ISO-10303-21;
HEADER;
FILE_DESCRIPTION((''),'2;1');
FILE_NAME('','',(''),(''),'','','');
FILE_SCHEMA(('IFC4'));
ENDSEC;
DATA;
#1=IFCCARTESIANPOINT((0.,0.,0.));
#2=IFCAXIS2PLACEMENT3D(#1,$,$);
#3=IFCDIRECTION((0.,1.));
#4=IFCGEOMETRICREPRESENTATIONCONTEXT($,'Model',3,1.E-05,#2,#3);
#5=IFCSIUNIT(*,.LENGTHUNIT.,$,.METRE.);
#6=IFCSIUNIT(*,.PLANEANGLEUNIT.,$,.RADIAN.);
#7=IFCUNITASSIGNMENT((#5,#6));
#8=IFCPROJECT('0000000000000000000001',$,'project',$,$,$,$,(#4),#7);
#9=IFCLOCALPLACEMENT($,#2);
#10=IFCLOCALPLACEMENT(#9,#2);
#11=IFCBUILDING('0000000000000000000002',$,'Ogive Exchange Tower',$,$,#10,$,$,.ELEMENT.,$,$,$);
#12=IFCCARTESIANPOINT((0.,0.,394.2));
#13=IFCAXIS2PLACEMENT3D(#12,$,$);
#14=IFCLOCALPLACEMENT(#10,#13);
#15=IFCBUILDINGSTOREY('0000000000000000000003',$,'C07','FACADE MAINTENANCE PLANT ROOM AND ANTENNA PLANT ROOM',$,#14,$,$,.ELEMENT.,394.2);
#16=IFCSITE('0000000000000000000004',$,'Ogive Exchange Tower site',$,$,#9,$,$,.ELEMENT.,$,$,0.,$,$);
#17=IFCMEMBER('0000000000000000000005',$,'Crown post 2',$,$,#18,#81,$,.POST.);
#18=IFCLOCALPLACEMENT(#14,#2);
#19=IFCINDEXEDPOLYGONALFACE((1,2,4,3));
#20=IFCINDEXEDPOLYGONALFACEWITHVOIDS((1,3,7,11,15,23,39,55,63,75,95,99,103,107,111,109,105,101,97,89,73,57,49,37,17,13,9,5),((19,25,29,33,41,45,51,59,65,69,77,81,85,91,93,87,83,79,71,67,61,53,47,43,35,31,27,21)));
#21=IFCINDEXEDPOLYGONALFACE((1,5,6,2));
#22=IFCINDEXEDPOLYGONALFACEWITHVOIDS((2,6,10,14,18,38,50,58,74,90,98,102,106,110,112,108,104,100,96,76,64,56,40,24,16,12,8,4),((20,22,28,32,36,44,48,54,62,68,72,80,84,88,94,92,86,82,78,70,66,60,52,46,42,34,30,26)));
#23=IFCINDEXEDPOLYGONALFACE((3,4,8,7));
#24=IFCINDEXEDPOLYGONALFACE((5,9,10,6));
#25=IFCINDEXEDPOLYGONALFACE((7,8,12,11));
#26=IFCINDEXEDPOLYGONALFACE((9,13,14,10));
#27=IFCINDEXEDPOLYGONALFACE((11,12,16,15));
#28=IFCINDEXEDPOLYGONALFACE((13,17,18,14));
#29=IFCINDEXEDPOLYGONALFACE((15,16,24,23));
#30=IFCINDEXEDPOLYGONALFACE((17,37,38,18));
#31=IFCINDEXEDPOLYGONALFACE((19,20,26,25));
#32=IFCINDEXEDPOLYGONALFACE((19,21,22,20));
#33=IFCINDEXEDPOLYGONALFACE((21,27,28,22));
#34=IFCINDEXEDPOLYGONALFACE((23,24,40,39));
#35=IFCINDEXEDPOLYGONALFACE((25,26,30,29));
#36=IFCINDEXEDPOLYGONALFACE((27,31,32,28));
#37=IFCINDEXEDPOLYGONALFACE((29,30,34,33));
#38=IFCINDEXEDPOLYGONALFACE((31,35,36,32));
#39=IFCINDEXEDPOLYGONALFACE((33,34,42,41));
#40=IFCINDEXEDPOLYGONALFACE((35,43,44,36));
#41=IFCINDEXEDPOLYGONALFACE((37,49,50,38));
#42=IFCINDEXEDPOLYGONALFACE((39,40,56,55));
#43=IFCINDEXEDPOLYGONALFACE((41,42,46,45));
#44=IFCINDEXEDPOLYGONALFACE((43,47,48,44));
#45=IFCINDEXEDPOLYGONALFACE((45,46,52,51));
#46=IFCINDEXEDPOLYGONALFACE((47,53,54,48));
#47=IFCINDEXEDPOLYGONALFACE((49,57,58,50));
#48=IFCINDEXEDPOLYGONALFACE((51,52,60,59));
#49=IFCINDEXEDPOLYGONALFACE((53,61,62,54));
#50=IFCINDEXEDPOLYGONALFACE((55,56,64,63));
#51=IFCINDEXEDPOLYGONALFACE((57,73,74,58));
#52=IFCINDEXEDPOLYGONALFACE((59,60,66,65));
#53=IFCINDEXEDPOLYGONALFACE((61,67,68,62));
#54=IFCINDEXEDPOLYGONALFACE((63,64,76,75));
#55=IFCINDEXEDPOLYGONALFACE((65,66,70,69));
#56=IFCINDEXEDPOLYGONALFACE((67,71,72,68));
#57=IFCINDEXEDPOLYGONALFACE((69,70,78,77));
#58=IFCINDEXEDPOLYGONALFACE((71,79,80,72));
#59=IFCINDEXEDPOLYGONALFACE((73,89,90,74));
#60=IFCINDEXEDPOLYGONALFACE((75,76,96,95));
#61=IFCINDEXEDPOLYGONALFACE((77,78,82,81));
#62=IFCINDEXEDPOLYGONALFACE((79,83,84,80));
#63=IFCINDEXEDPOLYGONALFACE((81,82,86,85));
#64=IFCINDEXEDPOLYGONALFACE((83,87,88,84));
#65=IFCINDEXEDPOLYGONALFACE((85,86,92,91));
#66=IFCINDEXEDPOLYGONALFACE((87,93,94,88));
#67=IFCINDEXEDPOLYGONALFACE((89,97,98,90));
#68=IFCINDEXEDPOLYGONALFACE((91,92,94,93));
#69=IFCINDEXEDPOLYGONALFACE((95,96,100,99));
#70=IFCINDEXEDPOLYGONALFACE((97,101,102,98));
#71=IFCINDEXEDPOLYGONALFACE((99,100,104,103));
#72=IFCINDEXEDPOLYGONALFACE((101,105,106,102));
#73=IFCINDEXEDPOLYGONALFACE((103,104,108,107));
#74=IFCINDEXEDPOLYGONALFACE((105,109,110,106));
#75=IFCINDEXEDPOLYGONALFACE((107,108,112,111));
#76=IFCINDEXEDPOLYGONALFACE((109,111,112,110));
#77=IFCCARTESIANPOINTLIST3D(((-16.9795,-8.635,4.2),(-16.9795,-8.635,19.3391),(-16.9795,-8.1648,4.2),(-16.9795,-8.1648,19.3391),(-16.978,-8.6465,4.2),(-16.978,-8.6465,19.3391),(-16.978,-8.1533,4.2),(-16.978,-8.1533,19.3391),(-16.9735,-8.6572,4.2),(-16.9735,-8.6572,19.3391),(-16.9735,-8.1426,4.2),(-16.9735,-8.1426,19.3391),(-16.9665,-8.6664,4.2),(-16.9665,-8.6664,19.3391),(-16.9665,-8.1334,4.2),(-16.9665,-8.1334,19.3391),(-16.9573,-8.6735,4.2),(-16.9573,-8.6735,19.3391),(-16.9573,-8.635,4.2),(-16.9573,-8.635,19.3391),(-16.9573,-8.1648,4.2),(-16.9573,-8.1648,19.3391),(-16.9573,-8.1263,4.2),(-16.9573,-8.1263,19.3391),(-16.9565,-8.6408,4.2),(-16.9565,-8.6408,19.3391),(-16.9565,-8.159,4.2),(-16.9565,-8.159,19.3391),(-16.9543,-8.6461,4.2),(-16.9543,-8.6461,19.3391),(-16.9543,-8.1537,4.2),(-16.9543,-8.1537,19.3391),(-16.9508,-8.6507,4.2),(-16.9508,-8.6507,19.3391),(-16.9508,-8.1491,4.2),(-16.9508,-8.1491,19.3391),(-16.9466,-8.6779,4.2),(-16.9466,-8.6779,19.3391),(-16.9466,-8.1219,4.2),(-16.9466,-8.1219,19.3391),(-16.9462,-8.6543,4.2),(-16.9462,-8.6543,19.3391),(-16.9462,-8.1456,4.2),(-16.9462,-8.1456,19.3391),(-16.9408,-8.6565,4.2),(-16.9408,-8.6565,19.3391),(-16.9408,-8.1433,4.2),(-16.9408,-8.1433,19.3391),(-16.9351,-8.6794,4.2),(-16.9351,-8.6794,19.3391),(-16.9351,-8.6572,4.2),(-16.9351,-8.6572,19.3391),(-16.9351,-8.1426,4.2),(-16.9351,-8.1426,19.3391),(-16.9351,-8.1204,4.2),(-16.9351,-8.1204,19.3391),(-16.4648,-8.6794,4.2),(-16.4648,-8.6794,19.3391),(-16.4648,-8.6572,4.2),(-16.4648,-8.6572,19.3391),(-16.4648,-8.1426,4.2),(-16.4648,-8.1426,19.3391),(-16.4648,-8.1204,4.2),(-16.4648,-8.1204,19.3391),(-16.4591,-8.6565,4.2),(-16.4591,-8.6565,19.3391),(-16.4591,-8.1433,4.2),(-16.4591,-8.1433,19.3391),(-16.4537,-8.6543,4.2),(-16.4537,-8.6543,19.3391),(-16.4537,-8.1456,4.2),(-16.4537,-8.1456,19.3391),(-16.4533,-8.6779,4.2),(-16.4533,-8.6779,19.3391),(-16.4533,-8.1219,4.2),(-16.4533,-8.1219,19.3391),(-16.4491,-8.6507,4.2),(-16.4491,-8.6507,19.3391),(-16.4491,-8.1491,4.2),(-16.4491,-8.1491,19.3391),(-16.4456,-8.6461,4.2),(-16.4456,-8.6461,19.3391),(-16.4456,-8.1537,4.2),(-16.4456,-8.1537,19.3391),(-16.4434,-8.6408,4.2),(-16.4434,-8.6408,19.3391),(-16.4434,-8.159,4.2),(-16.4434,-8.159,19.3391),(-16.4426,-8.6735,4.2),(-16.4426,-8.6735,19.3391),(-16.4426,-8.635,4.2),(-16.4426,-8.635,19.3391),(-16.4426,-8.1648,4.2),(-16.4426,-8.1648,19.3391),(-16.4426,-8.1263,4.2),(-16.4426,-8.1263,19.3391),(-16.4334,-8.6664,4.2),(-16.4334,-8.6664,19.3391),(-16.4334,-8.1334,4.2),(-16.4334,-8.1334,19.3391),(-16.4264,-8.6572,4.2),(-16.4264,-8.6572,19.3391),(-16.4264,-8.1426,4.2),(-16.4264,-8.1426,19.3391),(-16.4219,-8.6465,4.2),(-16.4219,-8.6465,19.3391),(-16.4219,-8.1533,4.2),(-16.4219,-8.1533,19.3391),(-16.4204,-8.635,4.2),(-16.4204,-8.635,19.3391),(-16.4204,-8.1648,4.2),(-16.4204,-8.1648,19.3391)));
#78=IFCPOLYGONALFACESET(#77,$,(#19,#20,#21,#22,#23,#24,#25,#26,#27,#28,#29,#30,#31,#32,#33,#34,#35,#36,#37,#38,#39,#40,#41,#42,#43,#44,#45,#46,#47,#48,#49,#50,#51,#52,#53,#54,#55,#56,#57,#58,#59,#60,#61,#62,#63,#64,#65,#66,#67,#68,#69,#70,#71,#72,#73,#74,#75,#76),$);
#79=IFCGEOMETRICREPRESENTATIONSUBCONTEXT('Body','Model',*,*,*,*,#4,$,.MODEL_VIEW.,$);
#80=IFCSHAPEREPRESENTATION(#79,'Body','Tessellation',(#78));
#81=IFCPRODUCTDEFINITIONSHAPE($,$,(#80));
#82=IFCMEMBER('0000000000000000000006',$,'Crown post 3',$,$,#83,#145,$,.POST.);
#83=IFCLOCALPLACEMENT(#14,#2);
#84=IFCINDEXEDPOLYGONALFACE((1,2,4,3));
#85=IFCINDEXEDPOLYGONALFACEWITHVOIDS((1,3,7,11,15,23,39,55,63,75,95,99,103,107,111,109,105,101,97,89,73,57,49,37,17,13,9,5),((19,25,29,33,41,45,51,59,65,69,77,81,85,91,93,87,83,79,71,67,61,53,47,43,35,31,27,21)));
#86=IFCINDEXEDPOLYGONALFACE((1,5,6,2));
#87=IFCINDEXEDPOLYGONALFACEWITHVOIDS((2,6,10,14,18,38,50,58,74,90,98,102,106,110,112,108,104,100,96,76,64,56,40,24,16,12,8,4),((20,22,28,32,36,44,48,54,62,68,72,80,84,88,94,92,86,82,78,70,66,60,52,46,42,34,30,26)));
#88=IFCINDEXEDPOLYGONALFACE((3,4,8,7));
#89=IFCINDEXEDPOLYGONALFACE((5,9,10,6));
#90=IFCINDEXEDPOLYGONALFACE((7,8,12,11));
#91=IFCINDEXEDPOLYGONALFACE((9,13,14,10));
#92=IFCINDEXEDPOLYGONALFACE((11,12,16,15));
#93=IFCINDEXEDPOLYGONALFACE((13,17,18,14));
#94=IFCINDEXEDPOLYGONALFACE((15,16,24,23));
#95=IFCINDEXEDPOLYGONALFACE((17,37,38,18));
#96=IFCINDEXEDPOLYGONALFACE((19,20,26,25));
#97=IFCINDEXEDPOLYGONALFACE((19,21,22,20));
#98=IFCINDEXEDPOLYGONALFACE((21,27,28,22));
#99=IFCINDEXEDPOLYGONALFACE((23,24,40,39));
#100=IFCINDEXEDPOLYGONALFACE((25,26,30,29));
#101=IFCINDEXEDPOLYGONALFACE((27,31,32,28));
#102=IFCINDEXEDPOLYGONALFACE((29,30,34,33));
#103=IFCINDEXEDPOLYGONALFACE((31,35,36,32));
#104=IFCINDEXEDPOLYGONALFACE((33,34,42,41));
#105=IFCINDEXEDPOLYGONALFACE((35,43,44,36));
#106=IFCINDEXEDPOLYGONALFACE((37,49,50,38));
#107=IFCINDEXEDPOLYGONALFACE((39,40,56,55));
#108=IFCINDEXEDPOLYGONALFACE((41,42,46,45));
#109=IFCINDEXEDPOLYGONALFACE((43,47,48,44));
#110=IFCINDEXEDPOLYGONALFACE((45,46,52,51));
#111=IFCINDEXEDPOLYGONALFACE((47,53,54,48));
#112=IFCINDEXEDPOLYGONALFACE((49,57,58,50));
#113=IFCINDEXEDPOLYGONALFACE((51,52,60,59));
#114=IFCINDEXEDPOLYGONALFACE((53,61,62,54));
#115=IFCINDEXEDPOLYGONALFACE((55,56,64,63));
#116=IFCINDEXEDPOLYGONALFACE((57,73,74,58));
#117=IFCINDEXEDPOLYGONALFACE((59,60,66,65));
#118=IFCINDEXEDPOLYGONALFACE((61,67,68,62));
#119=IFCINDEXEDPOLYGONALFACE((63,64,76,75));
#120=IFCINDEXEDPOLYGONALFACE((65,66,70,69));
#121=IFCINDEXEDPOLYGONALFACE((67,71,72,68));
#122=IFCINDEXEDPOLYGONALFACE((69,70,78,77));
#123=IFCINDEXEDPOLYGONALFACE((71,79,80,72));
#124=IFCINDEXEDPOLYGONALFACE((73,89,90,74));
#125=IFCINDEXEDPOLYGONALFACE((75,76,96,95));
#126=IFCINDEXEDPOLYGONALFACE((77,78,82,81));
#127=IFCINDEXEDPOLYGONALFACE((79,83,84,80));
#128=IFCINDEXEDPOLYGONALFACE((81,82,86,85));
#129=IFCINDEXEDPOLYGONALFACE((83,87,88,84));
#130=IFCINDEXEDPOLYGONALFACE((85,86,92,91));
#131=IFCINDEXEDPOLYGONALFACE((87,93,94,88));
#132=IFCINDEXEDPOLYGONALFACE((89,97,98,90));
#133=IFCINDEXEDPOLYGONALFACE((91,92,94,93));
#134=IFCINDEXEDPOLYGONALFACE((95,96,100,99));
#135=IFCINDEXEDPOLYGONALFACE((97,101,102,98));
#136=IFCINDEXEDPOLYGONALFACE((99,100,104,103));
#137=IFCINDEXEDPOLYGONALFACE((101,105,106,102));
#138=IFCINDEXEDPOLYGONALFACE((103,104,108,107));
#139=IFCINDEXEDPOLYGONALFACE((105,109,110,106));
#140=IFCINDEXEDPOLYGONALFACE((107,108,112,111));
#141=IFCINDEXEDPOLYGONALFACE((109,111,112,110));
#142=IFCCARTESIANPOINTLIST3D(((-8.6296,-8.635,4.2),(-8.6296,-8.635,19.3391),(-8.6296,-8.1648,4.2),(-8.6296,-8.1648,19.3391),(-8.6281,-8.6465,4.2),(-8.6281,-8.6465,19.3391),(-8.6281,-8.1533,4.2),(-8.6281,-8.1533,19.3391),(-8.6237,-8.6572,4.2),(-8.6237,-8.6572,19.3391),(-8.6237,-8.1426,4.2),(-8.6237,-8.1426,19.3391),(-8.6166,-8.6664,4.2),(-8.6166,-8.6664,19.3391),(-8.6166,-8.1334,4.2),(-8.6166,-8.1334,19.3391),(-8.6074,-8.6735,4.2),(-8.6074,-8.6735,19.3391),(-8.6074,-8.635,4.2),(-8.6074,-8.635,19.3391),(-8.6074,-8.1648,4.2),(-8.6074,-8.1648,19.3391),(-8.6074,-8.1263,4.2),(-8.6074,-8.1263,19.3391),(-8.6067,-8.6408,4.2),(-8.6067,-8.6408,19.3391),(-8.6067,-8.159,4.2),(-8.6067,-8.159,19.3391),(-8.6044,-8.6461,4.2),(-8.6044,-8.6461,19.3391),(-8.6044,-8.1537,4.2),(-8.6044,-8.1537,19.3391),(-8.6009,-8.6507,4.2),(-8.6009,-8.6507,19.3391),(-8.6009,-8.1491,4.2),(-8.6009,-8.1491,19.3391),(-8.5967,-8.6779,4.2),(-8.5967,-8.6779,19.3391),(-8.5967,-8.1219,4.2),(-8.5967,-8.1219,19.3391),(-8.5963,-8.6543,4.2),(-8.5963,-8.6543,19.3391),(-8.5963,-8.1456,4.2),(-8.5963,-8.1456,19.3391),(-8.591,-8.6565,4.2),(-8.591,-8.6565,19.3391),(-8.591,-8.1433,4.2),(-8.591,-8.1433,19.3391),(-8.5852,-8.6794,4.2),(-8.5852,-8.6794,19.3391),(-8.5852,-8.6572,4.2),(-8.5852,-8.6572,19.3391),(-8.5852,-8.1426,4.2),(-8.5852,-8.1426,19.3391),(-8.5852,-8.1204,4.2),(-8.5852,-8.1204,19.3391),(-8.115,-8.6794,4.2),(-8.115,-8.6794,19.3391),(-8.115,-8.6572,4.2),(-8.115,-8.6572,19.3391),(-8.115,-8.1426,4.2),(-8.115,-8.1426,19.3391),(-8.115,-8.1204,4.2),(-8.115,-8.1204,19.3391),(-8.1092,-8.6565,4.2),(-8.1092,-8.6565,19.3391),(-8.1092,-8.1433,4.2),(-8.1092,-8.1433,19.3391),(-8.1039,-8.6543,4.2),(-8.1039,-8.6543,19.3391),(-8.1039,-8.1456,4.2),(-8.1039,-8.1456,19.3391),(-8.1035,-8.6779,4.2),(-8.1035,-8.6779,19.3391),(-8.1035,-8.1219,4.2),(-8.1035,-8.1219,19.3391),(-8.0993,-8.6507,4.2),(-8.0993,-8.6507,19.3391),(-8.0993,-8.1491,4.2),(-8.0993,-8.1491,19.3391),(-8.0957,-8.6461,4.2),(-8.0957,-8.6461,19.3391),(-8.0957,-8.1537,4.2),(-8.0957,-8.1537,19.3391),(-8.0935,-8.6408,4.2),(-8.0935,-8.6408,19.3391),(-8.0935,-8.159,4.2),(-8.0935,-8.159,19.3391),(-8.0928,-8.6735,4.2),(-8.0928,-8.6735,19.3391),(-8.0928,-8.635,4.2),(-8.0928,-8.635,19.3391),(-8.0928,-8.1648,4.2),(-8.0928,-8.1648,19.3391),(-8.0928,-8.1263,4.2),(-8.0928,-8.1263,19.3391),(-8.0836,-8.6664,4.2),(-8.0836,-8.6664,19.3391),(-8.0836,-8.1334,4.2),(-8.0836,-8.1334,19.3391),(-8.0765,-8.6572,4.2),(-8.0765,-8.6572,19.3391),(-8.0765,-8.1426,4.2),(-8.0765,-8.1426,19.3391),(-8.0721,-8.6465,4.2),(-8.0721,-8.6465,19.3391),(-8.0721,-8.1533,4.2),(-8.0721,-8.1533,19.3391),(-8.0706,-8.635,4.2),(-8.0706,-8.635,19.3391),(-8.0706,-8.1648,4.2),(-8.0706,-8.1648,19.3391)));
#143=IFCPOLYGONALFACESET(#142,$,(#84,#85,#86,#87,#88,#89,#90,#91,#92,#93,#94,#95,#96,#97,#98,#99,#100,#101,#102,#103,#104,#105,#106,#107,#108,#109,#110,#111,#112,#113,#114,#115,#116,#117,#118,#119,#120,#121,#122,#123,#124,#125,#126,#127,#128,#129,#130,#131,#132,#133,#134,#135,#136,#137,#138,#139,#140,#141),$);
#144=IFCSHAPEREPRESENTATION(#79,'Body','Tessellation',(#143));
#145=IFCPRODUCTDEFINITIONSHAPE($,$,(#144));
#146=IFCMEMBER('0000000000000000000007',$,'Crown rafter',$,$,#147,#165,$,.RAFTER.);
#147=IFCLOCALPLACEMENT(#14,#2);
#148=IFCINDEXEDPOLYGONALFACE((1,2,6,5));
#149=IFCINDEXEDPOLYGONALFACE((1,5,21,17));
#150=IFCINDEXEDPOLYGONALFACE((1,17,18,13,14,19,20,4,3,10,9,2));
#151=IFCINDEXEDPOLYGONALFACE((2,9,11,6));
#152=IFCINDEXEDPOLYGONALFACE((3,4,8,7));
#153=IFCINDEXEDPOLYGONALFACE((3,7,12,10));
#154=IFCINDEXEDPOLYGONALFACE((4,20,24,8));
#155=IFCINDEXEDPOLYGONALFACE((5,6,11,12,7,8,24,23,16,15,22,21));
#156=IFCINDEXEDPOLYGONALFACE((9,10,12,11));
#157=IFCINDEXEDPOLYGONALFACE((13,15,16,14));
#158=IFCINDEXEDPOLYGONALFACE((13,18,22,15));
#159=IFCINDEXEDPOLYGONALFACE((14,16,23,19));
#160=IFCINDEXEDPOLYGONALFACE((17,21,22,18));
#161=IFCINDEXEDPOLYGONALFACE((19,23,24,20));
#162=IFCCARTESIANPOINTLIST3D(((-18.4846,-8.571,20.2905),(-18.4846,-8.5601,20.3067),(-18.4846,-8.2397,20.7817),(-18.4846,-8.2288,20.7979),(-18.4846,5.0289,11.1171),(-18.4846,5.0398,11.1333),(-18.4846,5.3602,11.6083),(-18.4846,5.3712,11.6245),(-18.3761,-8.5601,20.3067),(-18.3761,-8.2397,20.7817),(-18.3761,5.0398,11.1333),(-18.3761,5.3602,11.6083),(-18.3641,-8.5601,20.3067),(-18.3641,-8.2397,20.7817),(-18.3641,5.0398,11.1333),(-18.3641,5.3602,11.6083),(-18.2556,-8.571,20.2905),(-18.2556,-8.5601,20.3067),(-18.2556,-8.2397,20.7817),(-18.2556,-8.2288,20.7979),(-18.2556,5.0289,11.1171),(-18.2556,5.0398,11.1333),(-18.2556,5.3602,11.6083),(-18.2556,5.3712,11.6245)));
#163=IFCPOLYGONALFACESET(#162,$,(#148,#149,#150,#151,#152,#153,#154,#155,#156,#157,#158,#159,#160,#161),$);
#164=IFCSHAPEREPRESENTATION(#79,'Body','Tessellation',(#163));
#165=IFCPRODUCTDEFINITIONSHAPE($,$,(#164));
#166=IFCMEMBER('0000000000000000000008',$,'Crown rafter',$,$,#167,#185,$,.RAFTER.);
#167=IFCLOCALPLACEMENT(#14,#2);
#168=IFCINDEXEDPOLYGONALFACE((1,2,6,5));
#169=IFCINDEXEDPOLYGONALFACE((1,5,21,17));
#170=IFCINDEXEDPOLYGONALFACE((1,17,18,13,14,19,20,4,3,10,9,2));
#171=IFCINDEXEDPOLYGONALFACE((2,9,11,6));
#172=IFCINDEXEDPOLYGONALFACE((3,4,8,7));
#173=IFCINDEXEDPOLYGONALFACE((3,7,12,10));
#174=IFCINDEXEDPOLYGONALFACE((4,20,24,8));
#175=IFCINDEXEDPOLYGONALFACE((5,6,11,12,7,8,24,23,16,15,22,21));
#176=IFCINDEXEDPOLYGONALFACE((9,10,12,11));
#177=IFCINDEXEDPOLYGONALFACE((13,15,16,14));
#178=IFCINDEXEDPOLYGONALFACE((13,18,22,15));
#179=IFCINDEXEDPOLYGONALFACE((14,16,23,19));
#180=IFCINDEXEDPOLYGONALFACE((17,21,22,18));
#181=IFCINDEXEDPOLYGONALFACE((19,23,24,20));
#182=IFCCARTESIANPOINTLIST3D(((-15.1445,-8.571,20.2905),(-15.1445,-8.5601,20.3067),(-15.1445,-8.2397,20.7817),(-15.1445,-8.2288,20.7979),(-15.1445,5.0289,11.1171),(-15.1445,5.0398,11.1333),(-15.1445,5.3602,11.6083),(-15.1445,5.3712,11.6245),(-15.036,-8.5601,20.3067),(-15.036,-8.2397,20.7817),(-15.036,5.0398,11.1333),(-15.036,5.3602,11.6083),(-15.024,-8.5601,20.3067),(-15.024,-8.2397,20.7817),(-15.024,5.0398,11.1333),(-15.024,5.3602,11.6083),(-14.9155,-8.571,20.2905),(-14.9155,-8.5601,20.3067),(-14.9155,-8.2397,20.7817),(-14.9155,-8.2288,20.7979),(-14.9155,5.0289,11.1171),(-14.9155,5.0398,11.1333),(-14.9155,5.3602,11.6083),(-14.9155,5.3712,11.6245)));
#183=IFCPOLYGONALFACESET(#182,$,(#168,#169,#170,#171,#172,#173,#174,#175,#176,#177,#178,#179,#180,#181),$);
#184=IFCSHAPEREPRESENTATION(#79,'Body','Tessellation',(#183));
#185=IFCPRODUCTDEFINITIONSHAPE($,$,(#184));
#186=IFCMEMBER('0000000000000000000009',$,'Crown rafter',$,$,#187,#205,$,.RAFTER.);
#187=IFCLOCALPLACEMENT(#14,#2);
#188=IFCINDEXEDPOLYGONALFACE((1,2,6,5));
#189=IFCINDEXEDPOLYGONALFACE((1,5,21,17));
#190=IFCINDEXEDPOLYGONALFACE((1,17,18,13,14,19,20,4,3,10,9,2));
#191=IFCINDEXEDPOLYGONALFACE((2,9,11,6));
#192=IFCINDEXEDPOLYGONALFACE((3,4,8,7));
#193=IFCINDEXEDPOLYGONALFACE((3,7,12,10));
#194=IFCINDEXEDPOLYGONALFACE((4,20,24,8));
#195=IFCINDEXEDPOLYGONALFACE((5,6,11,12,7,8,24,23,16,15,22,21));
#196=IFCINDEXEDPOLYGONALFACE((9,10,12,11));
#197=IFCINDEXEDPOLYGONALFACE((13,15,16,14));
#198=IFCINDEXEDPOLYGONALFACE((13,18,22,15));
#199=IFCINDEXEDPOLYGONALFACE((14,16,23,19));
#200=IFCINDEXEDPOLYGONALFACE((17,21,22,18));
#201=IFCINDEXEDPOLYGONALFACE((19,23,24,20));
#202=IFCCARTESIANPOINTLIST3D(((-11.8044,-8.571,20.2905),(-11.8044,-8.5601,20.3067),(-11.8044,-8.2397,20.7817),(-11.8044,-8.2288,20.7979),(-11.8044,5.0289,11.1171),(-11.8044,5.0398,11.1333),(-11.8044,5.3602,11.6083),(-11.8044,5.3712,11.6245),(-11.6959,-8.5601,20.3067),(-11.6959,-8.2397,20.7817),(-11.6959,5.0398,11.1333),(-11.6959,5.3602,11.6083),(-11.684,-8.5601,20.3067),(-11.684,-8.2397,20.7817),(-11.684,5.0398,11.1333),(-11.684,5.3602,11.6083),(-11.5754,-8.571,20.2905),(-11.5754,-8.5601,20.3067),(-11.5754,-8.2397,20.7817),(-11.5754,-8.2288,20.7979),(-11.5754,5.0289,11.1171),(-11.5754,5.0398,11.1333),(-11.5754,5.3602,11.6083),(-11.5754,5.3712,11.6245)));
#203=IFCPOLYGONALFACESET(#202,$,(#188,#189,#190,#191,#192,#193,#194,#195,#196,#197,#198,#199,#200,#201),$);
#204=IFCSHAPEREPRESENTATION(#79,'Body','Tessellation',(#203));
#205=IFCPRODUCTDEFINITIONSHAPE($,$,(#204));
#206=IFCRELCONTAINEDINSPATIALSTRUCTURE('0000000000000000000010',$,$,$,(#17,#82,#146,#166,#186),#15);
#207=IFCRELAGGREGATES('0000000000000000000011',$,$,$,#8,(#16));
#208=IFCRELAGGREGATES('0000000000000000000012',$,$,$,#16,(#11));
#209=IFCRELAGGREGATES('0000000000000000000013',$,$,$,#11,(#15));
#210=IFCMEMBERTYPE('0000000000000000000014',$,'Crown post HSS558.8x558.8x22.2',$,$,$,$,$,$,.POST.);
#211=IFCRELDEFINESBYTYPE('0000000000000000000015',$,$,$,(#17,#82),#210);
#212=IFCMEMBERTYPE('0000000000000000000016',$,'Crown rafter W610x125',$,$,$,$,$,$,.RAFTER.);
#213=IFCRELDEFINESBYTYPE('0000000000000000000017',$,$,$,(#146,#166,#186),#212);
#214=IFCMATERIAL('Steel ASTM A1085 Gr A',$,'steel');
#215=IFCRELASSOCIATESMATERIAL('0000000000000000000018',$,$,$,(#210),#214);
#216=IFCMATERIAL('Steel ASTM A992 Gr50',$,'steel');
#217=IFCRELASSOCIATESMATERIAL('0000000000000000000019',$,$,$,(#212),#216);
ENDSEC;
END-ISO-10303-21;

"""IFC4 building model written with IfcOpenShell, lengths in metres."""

from ifc_helpers import new_model, si_unit, direction, frame, origin, origin_2d, place, context, subcontext, project, spatial, hollow_rectangle, i_section, extrude, material, material_profile, profile_set, type_object, element, save


model = new_model("IFC4")

# Units and contexts
model_context = context("Model", 3, precision=1e-05, world=origin(), true_north=direction((0.0, 1.0)))
body_context = subcontext(model_context, "Body", "Model", "MODEL_VIEW")
ifc_project = project(units=[si_unit("LENGTHUNIT", "METRE"), si_unit("PLANEANGLEUNIT", "RADIAN")], contexts=[model_context])

# Site, building, storey
site_placement = place(None, origin())
site = spatial("IfcSite", under=ifc_project, at=site_placement, Name="Ogive Exchange Tower site", CompositionType="ELEMENT", RefElevation=0.0)
building_placement = place(site_placement, origin())
building = spatial("IfcBuilding", under=site, at=building_placement, Name="Ogive Exchange Tower", CompositionType="ELEMENT")
storey_placement = place(building_placement, frame((0.0, 0.0, 394.2)))
storey = spatial("IfcBuildingStorey", under=building, at=storey_placement, Name="C07", Description="FACADE MAINTENANCE PLANT ROOM AND ANTENNA PLANT ROOM", CompositionType="ELEMENT", Elevation=394.2)

# Members
ifc_material_1 = material(Name="Steel ASTM A1085 Gr A", Category="steel")
ifc_material_profile_1 = material_profile(ifc_material_1, hollow_rectangle(XDim=0.5591, YDim=0.5591, WallThickness=0.0222, InnerFilletRadius=0.0222, OuterFilletRadius=0.0444, at=origin_2d()), Name="HSS558.8x558.8x22.2")
ifc_profile_set_1 = profile_set([ifc_material_profile_1], Name="Steel ASTM A1085 Gr A")
member_type_1 = type_object("IfcMemberType", Name="Crown post HSS558.8x558.8x22.2", PredefinedType="POST", material=ifc_profile_set_1)
for number, where, z_axis, x_axis, name in (
    (1, (-16.7, -8.3999, 4.2), (0.0, 0.0, 1.0), (1.0, 0.0, 0.0), "Crown post 2"),
    (2, (-8.3501, -8.3999, 4.2), (0.0, 0.0, 1.0), (1.0, 0.0, 0.0), "Crown post 3"),
):
    element("IfcMember", number, at=place(storey_placement, frame(where, z_axis=z_axis, x_axis=x_axis)), inside=storey, type_object=member_type_1, Name=name, PredefinedType="POST", context=body_context, shape_type="SweptSolid", body=[
        extrude(hollow_rectangle(XDim=0.5591, YDim=0.5591, WallThickness=0.0222, InnerFilletRadius=0.0222, OuterFilletRadius=0.0444, at=origin_2d()), origin(), (0.0, 0.0, 1.0), 15.1392),
    ])
ifc_material_2 = material(Name="Steel ASTM A992 Gr50", Category="steel")
ifc_material_profile_2 = material_profile(ifc_material_2, i_section(OverallWidth=0.229, OverallDepth=0.6121, WebThickness=0.012, FlangeThickness=0.0195, at=origin_2d()), Name="W610x125")
ifc_profile_set_2 = profile_set([ifc_material_profile_2], Name="Steel ASTM A992 Gr50")
member_type_2 = type_object("IfcMemberType", Name="Crown rafter W610x125", PredefinedType="RAFTER", material=ifc_profile_set_2)
for number, where, z_axis, x_axis, name in (
    (3, (-18.3701, -8.3999, 20.5442), (0.0, 0.829034, -0.559198), (-1.0, 0.0, 0.0), "Crown rafter"),
    (4, (-15.03, -8.3999, 20.5442), (0.0, 0.829034, -0.559198), (-1.0, 0.0, 0.0), "Crown rafter"),
    (5, (-11.6899, -8.3999, 20.5442), (0.0, 0.829034, -0.559198), (-1.0, 0.0, 0.0), "Crown rafter"),
):
    element("IfcMember", number, at=place(storey_placement, frame(where, z_axis=z_axis, x_axis=x_axis)), inside=storey, type_object=member_type_2, Name=name, PredefinedType="RAFTER", context=body_context, shape_type="SweptSolid", body=[
        extrude(i_section(OverallWidth=0.229, OverallDepth=0.6121, WebThickness=0.012, FlangeThickness=0.0195, at=origin_2d()), origin(), (0.0, 0.0, 1.0), 16.4045),
    ])

save(model, "model.ifc")
